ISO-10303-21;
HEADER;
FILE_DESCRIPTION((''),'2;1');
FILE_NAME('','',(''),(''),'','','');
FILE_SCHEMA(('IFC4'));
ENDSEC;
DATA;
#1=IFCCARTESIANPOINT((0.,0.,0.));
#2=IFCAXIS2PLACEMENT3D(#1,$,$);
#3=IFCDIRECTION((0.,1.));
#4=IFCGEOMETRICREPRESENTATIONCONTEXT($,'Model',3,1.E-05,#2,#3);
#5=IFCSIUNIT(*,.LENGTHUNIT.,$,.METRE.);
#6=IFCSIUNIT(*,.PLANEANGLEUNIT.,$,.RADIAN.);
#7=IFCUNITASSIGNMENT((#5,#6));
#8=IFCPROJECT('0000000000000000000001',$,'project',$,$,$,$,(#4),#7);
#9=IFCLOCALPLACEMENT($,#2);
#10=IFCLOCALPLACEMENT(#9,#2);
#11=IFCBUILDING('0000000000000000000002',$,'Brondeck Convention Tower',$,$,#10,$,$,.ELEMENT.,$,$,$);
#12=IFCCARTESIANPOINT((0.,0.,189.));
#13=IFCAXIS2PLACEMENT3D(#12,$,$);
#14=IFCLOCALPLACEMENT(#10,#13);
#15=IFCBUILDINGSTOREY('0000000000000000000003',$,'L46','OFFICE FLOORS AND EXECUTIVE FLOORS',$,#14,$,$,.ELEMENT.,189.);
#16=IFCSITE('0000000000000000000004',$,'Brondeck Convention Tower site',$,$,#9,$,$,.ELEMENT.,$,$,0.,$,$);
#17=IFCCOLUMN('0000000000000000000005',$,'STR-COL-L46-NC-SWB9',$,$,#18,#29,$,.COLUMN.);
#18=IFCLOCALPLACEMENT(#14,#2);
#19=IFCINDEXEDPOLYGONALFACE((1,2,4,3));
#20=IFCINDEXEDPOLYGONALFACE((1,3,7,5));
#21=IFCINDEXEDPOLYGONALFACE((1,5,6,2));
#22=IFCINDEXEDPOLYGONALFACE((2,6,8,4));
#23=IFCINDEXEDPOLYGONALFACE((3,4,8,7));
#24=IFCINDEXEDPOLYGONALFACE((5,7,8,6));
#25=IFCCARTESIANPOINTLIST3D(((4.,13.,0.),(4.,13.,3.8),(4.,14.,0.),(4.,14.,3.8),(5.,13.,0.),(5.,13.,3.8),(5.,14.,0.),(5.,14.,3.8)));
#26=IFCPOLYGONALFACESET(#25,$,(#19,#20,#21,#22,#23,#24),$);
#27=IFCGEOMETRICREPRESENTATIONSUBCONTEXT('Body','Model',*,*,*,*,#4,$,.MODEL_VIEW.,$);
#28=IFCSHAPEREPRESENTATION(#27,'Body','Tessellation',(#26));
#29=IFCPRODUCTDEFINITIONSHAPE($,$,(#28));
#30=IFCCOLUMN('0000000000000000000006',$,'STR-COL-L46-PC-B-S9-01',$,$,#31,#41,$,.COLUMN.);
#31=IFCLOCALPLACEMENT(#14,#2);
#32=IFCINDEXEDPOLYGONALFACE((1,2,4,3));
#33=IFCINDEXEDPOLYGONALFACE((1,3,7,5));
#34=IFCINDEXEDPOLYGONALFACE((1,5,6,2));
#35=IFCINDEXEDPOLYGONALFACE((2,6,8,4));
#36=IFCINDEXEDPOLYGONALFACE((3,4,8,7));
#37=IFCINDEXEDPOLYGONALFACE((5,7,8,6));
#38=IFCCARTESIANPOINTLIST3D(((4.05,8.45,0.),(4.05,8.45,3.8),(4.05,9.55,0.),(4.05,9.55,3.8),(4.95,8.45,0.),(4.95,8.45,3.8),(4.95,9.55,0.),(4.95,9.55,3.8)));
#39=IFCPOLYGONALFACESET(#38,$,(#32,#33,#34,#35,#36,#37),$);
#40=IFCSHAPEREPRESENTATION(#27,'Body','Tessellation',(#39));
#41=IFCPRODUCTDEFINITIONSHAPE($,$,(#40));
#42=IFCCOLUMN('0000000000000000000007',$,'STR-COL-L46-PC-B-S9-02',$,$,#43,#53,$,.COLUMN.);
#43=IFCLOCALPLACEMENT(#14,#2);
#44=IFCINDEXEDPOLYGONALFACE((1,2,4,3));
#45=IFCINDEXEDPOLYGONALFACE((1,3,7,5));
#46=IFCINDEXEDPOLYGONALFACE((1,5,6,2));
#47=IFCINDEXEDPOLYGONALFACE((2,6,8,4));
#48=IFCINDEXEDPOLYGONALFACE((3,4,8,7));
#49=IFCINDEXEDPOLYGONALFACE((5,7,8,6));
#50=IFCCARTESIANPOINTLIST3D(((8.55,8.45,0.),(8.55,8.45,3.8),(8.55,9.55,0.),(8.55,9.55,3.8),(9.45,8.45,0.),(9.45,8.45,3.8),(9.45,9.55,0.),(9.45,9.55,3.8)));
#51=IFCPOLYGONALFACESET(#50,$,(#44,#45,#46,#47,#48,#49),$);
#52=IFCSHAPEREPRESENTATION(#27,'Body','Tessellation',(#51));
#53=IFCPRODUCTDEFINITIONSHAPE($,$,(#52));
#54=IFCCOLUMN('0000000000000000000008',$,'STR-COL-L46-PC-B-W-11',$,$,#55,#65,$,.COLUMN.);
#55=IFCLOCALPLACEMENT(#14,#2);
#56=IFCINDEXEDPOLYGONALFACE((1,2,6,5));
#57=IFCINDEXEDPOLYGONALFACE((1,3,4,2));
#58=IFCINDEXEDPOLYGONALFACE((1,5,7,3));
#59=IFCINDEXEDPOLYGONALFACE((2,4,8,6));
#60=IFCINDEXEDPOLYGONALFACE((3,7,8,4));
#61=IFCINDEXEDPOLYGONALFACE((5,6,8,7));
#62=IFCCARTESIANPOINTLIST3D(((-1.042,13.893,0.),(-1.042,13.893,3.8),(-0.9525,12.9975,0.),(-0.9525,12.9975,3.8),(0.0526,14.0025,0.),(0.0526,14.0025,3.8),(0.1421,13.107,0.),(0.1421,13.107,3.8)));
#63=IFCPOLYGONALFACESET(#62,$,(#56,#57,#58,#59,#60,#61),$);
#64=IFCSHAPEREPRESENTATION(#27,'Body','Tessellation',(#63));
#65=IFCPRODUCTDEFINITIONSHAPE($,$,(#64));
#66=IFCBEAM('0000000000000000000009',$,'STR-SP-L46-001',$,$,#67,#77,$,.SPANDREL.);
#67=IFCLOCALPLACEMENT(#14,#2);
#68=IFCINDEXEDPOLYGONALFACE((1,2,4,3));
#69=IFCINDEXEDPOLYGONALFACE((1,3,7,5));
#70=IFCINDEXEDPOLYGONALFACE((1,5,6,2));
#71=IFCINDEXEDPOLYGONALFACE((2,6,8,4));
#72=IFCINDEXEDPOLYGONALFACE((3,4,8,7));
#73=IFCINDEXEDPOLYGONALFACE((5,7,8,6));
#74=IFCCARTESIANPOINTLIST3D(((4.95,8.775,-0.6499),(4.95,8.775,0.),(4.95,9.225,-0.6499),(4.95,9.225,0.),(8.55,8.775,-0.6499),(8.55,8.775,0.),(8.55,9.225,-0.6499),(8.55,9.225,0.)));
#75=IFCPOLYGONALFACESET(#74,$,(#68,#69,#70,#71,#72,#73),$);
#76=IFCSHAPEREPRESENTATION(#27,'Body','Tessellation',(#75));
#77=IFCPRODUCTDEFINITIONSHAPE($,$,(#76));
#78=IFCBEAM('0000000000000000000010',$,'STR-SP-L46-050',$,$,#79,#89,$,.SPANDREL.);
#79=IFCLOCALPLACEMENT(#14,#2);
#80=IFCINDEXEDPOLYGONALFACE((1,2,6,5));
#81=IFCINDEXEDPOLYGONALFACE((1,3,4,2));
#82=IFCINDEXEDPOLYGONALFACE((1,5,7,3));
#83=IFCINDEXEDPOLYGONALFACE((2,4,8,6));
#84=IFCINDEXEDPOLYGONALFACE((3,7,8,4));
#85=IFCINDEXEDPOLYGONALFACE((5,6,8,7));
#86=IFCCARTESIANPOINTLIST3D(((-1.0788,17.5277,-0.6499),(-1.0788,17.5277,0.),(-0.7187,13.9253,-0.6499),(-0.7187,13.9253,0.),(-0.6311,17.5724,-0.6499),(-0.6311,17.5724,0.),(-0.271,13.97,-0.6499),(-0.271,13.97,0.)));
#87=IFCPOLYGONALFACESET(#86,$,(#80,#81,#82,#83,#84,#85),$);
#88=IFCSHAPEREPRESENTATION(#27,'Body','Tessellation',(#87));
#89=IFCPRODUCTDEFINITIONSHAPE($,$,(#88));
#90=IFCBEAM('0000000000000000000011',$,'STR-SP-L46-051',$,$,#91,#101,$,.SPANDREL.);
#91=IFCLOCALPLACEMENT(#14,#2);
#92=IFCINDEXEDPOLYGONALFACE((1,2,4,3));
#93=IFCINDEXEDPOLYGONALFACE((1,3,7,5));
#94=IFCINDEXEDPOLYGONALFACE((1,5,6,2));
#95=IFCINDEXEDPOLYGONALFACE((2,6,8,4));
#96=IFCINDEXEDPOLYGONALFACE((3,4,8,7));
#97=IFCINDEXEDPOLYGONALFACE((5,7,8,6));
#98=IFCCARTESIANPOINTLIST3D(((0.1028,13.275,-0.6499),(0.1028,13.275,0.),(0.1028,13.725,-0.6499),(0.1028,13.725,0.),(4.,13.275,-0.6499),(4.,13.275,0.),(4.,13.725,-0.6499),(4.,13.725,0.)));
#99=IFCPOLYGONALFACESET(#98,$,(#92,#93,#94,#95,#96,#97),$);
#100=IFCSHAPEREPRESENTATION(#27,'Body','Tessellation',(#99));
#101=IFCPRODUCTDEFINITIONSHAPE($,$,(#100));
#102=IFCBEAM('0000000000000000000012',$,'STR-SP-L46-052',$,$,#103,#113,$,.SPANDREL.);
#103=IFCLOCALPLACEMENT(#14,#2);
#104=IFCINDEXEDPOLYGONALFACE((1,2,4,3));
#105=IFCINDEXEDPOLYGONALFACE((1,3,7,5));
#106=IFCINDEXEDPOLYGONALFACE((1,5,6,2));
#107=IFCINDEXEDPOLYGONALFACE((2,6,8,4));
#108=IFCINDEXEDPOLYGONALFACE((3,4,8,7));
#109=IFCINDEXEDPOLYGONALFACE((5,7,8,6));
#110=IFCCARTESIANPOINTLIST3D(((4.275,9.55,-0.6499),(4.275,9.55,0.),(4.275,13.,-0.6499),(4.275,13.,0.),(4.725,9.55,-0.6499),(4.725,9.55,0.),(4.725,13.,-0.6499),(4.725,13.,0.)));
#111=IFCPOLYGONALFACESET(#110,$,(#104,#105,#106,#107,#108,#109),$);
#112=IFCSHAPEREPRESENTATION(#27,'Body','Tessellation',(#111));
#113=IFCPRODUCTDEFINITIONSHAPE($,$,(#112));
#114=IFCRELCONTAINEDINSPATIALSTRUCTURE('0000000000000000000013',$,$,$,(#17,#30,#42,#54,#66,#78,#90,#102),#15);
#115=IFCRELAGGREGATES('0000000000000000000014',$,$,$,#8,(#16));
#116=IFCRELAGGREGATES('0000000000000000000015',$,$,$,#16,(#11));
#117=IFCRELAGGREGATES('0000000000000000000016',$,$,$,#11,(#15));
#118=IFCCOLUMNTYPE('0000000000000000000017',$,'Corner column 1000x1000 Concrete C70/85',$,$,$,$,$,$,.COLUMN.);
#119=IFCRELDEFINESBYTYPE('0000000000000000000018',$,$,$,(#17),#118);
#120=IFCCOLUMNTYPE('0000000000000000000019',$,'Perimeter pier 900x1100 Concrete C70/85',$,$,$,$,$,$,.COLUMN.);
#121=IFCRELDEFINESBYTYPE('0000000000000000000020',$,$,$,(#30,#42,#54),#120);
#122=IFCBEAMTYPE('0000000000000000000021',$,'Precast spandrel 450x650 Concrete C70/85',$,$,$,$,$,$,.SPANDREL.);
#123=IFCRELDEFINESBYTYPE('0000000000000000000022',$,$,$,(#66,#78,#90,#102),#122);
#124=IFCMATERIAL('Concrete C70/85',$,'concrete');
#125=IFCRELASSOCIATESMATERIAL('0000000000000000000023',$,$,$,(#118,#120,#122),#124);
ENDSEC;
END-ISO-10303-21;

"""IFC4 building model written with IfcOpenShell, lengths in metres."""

from ifc_helpers import new_model, si_unit, direction, frame, origin, origin_2d, place, context, subcontext, project, spatial, rectangle, extrude, material, material_profile, profile_set, type_object, element, save


model = new_model("IFC4")

# Units and contexts
model_context = context("Model", 3, precision=1e-05, world=origin(), true_north=direction((0.0, 1.0)))
body_context = subcontext(model_context, "Body", "Model", "MODEL_VIEW")
ifc_project = project(units=[si_unit("LENGTHUNIT", "METRE"), si_unit("PLANEANGLEUNIT", "RADIAN")], contexts=[model_context])

# Site, building, storey
site_placement = place(None, origin())
site = spatial("IfcSite", under=ifc_project, at=site_placement, Name="Brondeck Convention Tower site", CompositionType="ELEMENT", RefElevation=0.0)
building_placement = place(site_placement, origin())
building = spatial("IfcBuilding", under=site, at=building_placement, Name="Brondeck Convention Tower", CompositionType="ELEMENT")
storey_placement = place(building_placement, frame((0.0, 0.0, 189.0)))
storey = spatial("IfcBuildingStorey", under=building, at=storey_placement, Name="L46", Description="OFFICE FLOORS AND EXECUTIVE FLOORS", CompositionType="ELEMENT", Elevation=189.0)

# Columns
ifc_material_1 = material(Name="Concrete C70/85", Category="concrete")
ifc_material_profile_1 = material_profile(ifc_material_1, rectangle(XDim=1.0, YDim=1.0, at=origin_2d()), Name="Corner column 1000x1000 Concrete C70/85")
ifc_profile_set_1 = profile_set([ifc_material_profile_1], Name="Concrete C70/85")
column_type_1 = type_object("IfcColumnType", Name="Corner column 1000x1000 Concrete C70/85", PredefinedType="COLUMN", material=ifc_profile_set_1)
column_placement = place(storey_placement, frame((4.5, 13.5, 0.0), z_axis=(0.0, 0.0, 1.0), x_axis=(1.0, 0.0, 0.0)))
element("IfcColumn", 1, at=column_placement, inside=storey, type_object=column_type_1, Name="STR-COL-L46-NC-SWB9", PredefinedType="COLUMN", context=body_context, shape_type="SweptSolid", body=[
    extrude(rectangle(XDim=1.0, YDim=1.0, at=origin_2d()), origin(), (0.0, 0.0, 1.0), 3.8),
])
ifc_material_profile_2 = material_profile(ifc_material_1, rectangle(XDim=0.8999, YDim=1.1001, at=origin_2d()), Name="Perimeter pier 900x1100 Concrete C70/85")
ifc_profile_set_2 = profile_set([ifc_material_profile_2], Name="Concrete C70/85")
column_type_2 = type_object("IfcColumnType", Name="Perimeter pier 900x1100 Concrete C70/85", PredefinedType="COLUMN", material=ifc_profile_set_2)
for number, where, z_axis, x_axis, name in (
    (2, (4.5, 9.0, 0.0), (0.0, 0.0, 1.0), (1.0, 0.0, 0.0), "STR-COL-L46-PC-B-S9-01"),
    (3, (9.0, 9.0, 0.0), (0.0, 0.0, 1.0), (1.0, 0.0, 0.0), "STR-COL-L46-PC-B-S9-02"),
    (4, (-0.45, 13.5, 0.0), (0.0, 0.0, 1.0), (0.099504, -0.995037, 0.0), "STR-COL-L46-PC-B-W-11"),
):
    element("IfcColumn", number, at=place(storey_placement, frame(where, z_axis=z_axis, x_axis=x_axis)), inside=storey, type_object=column_type_2, Name=name, PredefinedType="COLUMN", context=body_context, shape_type="SweptSolid", body=[
        extrude(rectangle(XDim=0.8999, YDim=1.1001, at=origin_2d()), origin(), (0.0, 0.0, 1.0), 3.8),
    ])

# Beams
ifc_material_profile_3 = material_profile(ifc_material_1, rectangle(XDim=0.45, YDim=0.6499, at=origin_2d()), Name="Precast spandrel 450x650 Concrete C70/85")
ifc_profile_set_3 = profile_set([ifc_material_profile_3], Name="Concrete C70/85")
beam_type = type_object("IfcBeamType", Name="Precast spandrel 450x650 Concrete C70/85", PredefinedType="SPANDREL", material=ifc_profile_set_3)
beam_1_placement = place(storey_placement, frame((4.95, 9.0, -0.325), z_axis=(1.0, 0.0, 0.0), x_axis=(0.0, 1.0, 0.0)))
element("IfcBeam", 5, at=beam_1_placement, inside=storey, type_object=beam_type, Name="STR-SP-L46-001", PredefinedType="SPANDREL", context=body_context, shape_type="SweptSolid", body=[
    extrude(rectangle(XDim=0.45, YDim=0.6499, at=origin_2d()), origin(), (0.0, 0.0, 1.0), 3.6001),
])
beam_2_placement = place(storey_placement, frame((-0.855, 17.55, -0.325), z_axis=(0.09947, -0.995041, 0.0), x_axis=(0.995041, 0.09947, 0.0)))
element("IfcBeam", 6, at=beam_2_placement, inside=storey, type_object=beam_type, Name="STR-SP-L46-050", PredefinedType="SPANDREL", context=body_context, shape_type="SweptSolid", body=[
    extrude(rectangle(XDim=0.45, YDim=0.6499, at=origin_2d()), origin(), (0.0, 0.0, 1.0), 3.6204),
])
beam_3_placement = place(storey_placement, frame((0.1028, 13.5, -0.325), z_axis=(1.0, 0.0, 0.0), x_axis=(0.0, 1.0, 0.0)))
element("IfcBeam", 7, at=beam_3_placement, inside=storey, type_object=beam_type, Name="STR-SP-L46-051", PredefinedType="SPANDREL", context=body_context, shape_type="SweptSolid", body=[
    extrude(rectangle(XDim=0.45, YDim=0.6499, at=origin_2d()), origin(), (0.0, 0.0, 1.0), 3.8972),
])
beam_4_placement = place(storey_placement, frame((4.5, 13.0, -0.325), z_axis=(0.0, -1.0, 0.0), x_axis=(1.0, 0.0, 0.0)))
element("IfcBeam", 8, at=beam_4_placement, inside=storey, type_object=beam_type, Name="STR-SP-L46-052", PredefinedType="SPANDREL", context=body_context, shape_type="SweptSolid", body=[
    extrude(rectangle(XDim=0.45, YDim=0.6499, at=origin_2d()), origin(), (0.0, 0.0, 1.0), 3.45),
])

save(model, "model.ifc")
